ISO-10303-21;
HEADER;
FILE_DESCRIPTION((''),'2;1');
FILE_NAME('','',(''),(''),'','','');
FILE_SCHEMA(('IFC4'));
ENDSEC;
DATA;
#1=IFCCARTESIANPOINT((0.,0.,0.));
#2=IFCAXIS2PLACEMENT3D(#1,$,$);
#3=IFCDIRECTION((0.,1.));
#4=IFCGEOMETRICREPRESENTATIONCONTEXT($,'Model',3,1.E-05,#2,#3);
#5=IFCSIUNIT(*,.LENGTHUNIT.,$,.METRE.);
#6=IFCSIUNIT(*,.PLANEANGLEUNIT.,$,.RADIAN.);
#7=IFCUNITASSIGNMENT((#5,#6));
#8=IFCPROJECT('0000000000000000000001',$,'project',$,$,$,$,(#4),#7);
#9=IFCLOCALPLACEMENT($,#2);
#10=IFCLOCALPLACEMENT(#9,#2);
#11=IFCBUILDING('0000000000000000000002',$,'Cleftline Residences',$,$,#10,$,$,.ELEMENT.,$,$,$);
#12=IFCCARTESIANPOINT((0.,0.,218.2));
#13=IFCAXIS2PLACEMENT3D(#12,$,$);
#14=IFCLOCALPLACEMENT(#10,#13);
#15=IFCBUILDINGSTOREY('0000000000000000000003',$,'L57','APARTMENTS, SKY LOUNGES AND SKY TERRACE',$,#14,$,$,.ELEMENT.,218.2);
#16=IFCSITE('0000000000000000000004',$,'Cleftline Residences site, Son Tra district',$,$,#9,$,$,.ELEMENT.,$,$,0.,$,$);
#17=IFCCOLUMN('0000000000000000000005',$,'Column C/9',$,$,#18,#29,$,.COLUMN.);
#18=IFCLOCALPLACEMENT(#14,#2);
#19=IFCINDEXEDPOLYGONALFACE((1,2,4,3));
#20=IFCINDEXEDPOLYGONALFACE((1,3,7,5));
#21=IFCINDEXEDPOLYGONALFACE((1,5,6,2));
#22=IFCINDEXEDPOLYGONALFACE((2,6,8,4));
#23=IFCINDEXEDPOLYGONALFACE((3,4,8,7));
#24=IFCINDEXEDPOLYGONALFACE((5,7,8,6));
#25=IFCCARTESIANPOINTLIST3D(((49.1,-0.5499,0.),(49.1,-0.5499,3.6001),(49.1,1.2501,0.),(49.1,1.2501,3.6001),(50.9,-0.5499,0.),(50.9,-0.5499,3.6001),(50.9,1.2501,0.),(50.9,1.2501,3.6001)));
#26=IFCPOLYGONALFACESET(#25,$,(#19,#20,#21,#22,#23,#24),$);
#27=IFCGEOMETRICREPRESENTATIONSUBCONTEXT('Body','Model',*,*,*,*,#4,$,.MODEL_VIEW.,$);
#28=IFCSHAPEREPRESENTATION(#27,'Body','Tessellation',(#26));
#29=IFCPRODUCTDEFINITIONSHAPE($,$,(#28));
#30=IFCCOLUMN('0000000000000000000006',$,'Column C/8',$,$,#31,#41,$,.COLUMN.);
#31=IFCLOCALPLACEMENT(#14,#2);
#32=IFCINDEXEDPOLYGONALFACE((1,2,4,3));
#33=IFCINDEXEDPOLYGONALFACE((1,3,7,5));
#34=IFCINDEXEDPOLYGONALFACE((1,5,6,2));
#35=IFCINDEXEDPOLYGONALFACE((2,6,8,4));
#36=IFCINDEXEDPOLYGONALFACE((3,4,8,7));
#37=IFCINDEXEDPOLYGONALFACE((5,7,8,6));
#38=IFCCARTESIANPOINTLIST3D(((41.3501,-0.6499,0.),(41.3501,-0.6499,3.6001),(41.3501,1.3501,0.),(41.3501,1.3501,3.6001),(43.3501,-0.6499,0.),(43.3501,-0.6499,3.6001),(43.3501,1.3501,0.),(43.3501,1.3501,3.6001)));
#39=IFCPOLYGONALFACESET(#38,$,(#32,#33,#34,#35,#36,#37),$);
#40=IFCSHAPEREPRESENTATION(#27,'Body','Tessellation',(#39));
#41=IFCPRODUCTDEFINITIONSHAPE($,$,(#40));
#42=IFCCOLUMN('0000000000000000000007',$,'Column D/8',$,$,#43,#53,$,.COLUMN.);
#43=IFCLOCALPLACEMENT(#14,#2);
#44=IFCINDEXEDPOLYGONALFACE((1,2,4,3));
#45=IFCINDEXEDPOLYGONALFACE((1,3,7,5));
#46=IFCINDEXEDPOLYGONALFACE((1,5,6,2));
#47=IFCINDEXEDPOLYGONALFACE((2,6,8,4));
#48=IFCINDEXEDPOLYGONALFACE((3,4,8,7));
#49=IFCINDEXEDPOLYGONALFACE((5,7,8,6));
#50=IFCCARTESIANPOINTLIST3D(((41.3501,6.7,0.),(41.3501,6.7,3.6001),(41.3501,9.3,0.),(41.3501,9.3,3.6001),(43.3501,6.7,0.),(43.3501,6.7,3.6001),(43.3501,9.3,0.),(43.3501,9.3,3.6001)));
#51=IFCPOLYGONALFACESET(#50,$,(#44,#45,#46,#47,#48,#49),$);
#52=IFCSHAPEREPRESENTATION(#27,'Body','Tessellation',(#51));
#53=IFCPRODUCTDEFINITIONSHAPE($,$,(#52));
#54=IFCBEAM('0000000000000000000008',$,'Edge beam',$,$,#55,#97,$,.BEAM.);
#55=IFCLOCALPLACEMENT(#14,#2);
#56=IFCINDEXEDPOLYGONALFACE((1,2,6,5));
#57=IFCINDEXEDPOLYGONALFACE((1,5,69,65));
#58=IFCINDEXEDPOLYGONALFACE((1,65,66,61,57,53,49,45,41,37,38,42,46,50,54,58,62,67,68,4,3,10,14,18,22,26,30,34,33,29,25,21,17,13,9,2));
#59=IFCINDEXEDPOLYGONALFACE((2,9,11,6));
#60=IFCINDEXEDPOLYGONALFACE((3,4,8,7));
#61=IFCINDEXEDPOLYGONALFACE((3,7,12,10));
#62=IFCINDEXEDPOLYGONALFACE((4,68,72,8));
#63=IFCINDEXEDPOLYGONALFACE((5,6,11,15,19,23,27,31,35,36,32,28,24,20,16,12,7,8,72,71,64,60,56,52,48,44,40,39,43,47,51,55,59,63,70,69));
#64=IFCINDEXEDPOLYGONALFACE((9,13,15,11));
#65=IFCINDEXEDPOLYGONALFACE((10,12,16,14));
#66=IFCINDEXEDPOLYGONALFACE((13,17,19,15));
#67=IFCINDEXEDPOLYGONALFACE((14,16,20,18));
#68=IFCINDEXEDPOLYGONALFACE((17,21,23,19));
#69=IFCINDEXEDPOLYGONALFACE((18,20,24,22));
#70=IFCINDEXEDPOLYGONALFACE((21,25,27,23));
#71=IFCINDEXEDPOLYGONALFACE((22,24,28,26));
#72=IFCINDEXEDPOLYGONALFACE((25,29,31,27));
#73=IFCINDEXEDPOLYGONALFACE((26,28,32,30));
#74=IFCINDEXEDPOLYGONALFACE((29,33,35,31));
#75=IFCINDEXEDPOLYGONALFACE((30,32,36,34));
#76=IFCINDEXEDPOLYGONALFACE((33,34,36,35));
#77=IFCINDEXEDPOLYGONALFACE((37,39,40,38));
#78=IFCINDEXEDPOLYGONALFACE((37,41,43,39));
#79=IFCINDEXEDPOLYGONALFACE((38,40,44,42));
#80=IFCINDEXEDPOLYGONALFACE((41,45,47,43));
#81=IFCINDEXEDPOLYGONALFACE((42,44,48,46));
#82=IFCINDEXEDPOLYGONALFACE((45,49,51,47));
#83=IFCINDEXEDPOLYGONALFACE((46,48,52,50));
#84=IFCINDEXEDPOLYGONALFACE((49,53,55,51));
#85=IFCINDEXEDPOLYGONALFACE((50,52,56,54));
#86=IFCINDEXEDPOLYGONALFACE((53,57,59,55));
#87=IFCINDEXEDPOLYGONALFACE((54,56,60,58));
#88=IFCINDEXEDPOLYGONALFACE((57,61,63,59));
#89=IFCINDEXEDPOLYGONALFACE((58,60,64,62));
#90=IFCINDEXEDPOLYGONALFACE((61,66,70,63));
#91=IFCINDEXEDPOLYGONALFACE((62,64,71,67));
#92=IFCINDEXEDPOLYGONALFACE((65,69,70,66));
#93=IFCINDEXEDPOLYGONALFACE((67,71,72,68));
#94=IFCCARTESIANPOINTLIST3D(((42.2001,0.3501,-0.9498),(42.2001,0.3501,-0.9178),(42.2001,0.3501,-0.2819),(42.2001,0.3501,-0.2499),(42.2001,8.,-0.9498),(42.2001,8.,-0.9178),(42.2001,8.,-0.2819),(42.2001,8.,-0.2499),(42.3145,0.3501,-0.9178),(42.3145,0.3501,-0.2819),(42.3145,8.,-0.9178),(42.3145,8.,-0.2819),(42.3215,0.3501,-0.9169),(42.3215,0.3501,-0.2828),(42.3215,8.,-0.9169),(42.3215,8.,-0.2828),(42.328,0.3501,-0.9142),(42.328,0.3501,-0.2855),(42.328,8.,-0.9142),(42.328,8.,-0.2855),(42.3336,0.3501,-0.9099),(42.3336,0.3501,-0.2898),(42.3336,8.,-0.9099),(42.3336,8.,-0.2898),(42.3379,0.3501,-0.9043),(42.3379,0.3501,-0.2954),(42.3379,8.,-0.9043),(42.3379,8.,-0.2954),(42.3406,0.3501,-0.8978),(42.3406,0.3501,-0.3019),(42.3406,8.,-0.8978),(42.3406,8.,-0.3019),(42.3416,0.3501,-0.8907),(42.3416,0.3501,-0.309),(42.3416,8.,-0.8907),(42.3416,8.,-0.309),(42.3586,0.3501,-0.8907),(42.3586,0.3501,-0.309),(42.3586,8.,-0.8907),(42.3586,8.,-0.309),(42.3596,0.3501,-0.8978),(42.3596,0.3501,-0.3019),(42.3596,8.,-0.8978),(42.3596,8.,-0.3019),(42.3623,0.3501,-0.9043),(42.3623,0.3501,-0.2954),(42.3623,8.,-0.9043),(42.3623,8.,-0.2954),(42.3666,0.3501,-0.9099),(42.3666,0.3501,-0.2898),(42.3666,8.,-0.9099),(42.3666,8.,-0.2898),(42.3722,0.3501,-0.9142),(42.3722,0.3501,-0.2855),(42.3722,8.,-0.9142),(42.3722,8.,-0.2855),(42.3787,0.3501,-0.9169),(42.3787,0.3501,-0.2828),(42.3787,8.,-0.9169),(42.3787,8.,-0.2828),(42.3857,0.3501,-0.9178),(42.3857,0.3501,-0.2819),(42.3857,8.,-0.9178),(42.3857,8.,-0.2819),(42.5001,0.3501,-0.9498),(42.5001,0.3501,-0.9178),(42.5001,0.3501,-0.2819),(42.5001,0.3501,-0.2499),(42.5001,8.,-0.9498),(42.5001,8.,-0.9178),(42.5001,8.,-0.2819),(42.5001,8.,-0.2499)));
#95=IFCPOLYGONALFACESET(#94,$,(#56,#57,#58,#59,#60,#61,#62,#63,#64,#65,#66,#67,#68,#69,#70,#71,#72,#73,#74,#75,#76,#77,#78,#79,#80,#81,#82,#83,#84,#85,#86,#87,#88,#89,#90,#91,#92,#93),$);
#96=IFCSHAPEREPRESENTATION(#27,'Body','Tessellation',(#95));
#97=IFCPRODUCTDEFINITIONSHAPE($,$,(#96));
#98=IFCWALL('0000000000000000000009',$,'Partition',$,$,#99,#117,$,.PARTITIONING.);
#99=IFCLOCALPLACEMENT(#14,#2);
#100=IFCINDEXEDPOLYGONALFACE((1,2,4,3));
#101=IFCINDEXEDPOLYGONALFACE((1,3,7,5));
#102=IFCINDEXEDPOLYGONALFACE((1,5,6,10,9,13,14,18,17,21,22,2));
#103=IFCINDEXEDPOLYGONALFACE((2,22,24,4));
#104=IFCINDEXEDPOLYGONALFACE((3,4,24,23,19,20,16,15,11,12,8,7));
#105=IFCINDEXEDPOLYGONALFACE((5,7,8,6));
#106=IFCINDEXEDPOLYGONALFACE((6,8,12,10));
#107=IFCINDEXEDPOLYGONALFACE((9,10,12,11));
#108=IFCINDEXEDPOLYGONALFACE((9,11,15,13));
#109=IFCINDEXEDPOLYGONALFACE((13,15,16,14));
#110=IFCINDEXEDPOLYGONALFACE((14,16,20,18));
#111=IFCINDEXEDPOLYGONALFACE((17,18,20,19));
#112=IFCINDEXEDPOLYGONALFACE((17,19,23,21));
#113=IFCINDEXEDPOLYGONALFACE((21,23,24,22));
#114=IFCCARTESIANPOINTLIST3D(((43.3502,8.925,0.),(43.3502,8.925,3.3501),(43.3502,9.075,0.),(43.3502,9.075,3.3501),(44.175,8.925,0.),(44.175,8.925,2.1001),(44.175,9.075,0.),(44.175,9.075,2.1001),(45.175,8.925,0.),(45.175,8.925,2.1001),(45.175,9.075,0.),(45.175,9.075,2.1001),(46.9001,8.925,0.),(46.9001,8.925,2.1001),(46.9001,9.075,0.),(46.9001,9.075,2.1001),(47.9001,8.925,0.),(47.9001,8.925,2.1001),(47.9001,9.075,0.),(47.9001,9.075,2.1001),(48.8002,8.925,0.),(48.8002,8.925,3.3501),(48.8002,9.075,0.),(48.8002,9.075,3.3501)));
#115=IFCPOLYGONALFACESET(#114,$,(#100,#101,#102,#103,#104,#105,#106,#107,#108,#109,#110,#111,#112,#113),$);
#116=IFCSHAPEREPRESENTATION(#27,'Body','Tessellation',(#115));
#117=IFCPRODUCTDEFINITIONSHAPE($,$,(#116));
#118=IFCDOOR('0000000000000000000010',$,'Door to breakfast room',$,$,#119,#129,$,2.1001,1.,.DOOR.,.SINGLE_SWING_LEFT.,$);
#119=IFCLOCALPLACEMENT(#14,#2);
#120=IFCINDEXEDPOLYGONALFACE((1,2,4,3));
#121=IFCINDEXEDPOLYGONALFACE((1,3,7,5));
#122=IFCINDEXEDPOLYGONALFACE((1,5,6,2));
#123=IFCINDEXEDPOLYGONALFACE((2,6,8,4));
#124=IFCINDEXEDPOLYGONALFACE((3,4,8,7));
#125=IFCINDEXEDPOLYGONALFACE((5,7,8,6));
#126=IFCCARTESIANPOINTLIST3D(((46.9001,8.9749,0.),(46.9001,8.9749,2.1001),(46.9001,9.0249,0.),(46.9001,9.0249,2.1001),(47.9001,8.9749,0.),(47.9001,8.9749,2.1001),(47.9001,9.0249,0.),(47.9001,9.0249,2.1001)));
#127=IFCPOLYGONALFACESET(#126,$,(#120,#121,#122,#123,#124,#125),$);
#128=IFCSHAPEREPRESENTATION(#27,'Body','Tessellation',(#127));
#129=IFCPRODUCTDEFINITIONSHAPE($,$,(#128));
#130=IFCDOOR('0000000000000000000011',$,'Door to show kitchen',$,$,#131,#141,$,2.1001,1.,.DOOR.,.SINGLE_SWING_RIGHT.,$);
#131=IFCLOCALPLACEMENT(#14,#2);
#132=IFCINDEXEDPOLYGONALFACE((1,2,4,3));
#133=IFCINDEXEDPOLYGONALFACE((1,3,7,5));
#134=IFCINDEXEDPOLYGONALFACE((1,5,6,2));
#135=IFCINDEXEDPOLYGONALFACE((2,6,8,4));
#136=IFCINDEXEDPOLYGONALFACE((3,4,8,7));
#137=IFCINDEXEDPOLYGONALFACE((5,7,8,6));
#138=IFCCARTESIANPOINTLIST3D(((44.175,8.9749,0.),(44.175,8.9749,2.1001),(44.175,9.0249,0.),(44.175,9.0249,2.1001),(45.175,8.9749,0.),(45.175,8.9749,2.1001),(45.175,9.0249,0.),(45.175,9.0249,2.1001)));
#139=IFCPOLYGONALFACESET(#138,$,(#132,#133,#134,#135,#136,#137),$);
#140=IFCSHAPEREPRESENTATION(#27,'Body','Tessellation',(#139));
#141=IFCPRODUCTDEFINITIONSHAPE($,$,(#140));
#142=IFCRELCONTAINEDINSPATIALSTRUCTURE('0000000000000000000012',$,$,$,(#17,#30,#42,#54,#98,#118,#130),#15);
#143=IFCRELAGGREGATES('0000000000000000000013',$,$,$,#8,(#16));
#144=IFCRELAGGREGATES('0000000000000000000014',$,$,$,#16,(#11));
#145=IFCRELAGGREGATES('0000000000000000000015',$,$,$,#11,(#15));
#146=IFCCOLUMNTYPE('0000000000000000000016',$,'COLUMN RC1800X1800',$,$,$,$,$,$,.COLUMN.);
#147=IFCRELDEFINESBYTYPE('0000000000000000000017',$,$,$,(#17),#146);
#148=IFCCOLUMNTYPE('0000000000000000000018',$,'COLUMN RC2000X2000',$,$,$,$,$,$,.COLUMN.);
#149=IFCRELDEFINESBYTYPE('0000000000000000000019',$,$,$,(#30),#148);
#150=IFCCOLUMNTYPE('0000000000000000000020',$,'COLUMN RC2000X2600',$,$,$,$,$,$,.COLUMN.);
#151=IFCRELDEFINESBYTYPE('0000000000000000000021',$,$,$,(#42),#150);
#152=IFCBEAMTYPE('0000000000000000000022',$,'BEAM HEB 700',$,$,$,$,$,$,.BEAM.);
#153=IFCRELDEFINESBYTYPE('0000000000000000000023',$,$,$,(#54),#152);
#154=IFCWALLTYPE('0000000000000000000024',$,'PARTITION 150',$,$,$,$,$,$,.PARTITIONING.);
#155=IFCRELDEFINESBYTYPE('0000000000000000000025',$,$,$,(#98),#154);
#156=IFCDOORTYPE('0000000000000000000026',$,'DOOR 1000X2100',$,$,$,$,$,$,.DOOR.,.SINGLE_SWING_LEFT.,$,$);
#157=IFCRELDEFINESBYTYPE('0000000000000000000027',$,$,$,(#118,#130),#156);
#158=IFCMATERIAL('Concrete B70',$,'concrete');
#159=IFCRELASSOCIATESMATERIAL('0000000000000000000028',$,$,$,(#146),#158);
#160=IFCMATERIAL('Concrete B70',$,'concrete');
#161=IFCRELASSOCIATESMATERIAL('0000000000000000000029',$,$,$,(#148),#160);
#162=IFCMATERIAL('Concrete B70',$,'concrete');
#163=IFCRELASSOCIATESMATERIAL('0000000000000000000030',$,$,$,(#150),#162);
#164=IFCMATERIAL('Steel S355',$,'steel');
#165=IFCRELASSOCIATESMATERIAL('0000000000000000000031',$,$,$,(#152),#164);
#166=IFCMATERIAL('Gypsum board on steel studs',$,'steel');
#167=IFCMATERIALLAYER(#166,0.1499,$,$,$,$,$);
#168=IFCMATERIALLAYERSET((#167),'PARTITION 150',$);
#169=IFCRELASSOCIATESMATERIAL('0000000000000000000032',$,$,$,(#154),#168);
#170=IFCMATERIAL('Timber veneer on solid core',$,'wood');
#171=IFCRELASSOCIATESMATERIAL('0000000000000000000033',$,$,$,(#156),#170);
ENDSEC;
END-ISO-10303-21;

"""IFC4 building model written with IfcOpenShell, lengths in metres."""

from ifc_helpers import new_model, si_unit, direction, frame, frame_2d, origin, origin_2d, place, context, subcontext, project, spatial, rectangle, i_section, extrude, material, layer, layer_set, material_profile, profile_set, type_object, element, fill, save


model = new_model("IFC4")

# Units and contexts
model_context = context("Model", 3, precision=1e-05, world=origin(), true_north=direction((0.0, 1.0)))
body_context = subcontext(model_context, "Body", "Model", "MODEL_VIEW")
ifc_project = project(units=[si_unit("LENGTHUNIT", "METRE"), si_unit("PLANEANGLEUNIT", "RADIAN")], contexts=[model_context])

# Site, building, storey
site_placement = place(None, origin())
site = spatial("IfcSite", under=ifc_project, at=site_placement, Name="Cleftline Residences site, Son Tra district", CompositionType="ELEMENT", RefElevation=0.0)
building_placement = place(site_placement, origin())
building = spatial("IfcBuilding", under=site, at=building_placement, Name="Cleftline Residences", CompositionType="ELEMENT")
storey_placement = place(building_placement, frame((0.0, 0.0, 218.2)))
storey = spatial("IfcBuildingStorey", under=building, at=storey_placement, Name="L57", Description="APARTMENTS, SKY LOUNGES AND SKY TERRACE", CompositionType="ELEMENT", Elevation=218.2)

# Columns
ifc_material_1 = material(Name="Concrete B70", Category="concrete")
ifc_material_profile_1 = material_profile(ifc_material_1, rectangle(XDim=1.8, YDim=1.8, at=origin_2d()))
ifc_profile_set_1 = profile_set([ifc_material_profile_1], Name="Concrete B70")
column_type_1 = type_object("IfcColumnType", Name="COLUMN RC1800X1800", PredefinedType="COLUMN", material=ifc_profile_set_1)
column_1_placement = place(storey_placement, frame((50.0, 0.3501, 0.0), z_axis=(0.0, 0.0, 1.0), x_axis=(1.0, 0.0, 0.0)))
element("IfcColumn", 1, at=column_1_placement, inside=storey, type_object=column_type_1, Name="Column C/9", PredefinedType="COLUMN", context=body_context, shape_type="SweptSolid", body=[
    extrude(rectangle(XDim=1.8, YDim=1.8, at=origin_2d()), origin(), (0.0, 0.0, 1.0), 3.6001),
])
ifc_material_2 = material(Name="Concrete B70", Category="concrete")
ifc_material_profile_2 = material_profile(ifc_material_2, rectangle(XDim=2.0, YDim=2.0, at=origin_2d()))
ifc_profile_set_2 = profile_set([ifc_material_profile_2], Name="Concrete B70")
column_type_2 = type_object("IfcColumnType", Name="COLUMN RC2000X2000", PredefinedType="COLUMN", material=ifc_profile_set_2)
column_2_placement = place(storey_placement, frame((42.3501, 0.3501, 0.0), z_axis=(0.0, 0.0, 1.0), x_axis=(1.0, 0.0, 0.0)))
element("IfcColumn", 2, at=column_2_placement, inside=storey, type_object=column_type_2, Name="Column C/8", PredefinedType="COLUMN", context=body_context, shape_type="SweptSolid", body=[
    extrude(rectangle(XDim=2.0, YDim=2.0, at=origin_2d()), origin(), (0.0, 0.0, 1.0), 3.6001),
])
ifc_material_3 = material(Name="Concrete B70", Category="concrete")
ifc_material_profile_3 = material_profile(ifc_material_3, rectangle(XDim=2.0, YDim=2.6001, at=origin_2d()))
ifc_profile_set_3 = profile_set([ifc_material_profile_3], Name="Concrete B70")
column_type_3 = type_object("IfcColumnType", Name="COLUMN RC2000X2600", PredefinedType="COLUMN", material=ifc_profile_set_3)
column_3_placement = place(storey_placement, frame((42.3501, 8.0, 0.0), z_axis=(0.0, 0.0, 1.0), x_axis=(1.0, 0.0, 0.0)))
element("IfcColumn", 3, at=column_3_placement, inside=storey, type_object=column_type_3, Name="Column D/8", PredefinedType="COLUMN", context=body_context, shape_type="SweptSolid", body=[
    extrude(rectangle(XDim=2.0, YDim=2.6001, at=origin_2d()), origin(), (0.0, 0.0, 1.0), 3.6001),
])

# Beam
ifc_material_4 = material(Name="Steel S355", Category="steel")
ifc_material_profile_4 = material_profile(ifc_material_4, i_section(OverallWidth=0.3, OverallDepth=0.7, WebThickness=0.0171, FlangeThickness=0.032, FilletRadius=0.0271, at=origin_2d()))
ifc_profile_set_4 = profile_set([ifc_material_profile_4], Name="Steel S355")
beam_type = type_object("IfcBeamType", Name="BEAM HEB 700", PredefinedType="BEAM", material=ifc_profile_set_4)
beam_placement = place(storey_placement, frame((42.3501, 0.3501, -0.5999), z_axis=(0.0, 1.0, 0.0), x_axis=(-1.0, 0.0, 0.0)))
element("IfcBeam", 4, at=beam_placement, inside=storey, type_object=beam_type, Name="Edge beam", PredefinedType="BEAM", context=body_context, shape_type="SweptSolid", body=[
    extrude(i_section(OverallWidth=0.3, OverallDepth=0.7, WebThickness=0.0171, FlangeThickness=0.032, FilletRadius=0.0271, at=origin_2d()), origin(), (0.0, 0.0, 1.0), 7.6499),
])

# Wall, openings, doors
ifc_material_5 = material(Name="Gypsum board on steel studs", Category="steel")
ifc_layer = layer(ifc_material_5, 0.1499)
ifc_layer_set = layer_set([ifc_layer], Name="PARTITION 150")
wall_type = type_object("IfcWallType", Name="PARTITION 150", PredefinedType="PARTITIONING", material=ifc_layer_set)
wall_1_placement = place(storey_placement, frame((43.3501, 9.0, 0.0), z_axis=(0.0, 0.0, 1.0), x_axis=(1.0, 0.0, 0.0)))
wall_1 = element("IfcWall", 5, at=wall_1_placement, inside=storey, type_object=wall_type, Name="Partition", PredefinedType="PARTITIONING", context=body_context, shape_type="SweptSolid", body=[
    extrude(rectangle(XDim=5.45, YDim=0.1499, at=frame_2d((2.7251, 0.0))), origin(), (0.0, 0.0, 1.0), 3.3501),
])
opening_1_placement = place(wall_1_placement, frame((3.55, 0.0, 0.0)))
opening_1 = element("IfcOpeningElement", 6, at=opening_1_placement, cuts=wall_1, PredefinedType="OPENING", context=body_context, shape_type="SweptSolid", body=[
    extrude(rectangle(XDim=1.0, YDim=2.1001, at=frame_2d((0.5, 1.05))), frame((0.0, 0.085, 0.0), z_axis=(0.0, -1.0, 0.0), x_axis=(1.0, 0.0, 0.0)), (0.0, 0.0, 1.0), 0.1699),
])
opening_2_placement = place(wall_1_placement, frame((0.825, 0.0, 0.0)))
opening_2 = element("IfcOpeningElement", 7, at=opening_2_placement, cuts=wall_1, PredefinedType="OPENING", context=body_context, shape_type="SweptSolid", body=[
    extrude(rectangle(XDim=1.0, YDim=2.1001, at=frame_2d((0.5, 1.05))), frame((0.0, 0.085, 0.0), z_axis=(0.0, -1.0, 0.0), x_axis=(1.0, 0.0, 0.0)), (0.0, 0.0, 1.0), 0.1699),
])
ifc_material_6 = material(Name="Timber veneer on solid core", Category="wood")
door_type_1 = type_object("IfcDoorType", Name="DOOR 1000X2100", OperationType="SINGLE_SWING_LEFT", PredefinedType="DOOR", material=ifc_material_6)
door_1_placement = place(opening_1_placement, origin())
door_1 = element("IfcDoor", 8, at=door_1_placement, inside=storey, type_object=door_type_1, Name="Door to breakfast room", OperationType="SINGLE_SWING_LEFT", OverallHeight=2.1001, OverallWidth=1.0, PredefinedType="DOOR", context=body_context, shape_type="SweptSolid", body=[
    extrude(rectangle(XDim=1.0, YDim=2.1001, at=frame_2d((0.5, 1.05))), frame((0.0, 0.0249, 0.0), z_axis=(0.0, -1.0, 0.0), x_axis=(1.0, 0.0, 0.0)), (0.0, 0.0, 1.0), 0.05),
])
fill(opening_1, door_1)
door_2_placement = place(opening_2_placement, origin())
door_2 = element("IfcDoor", 9, at=door_2_placement, inside=storey, type_object=door_type_1, Name="Door to show kitchen", OperationType="SINGLE_SWING_RIGHT", OverallHeight=2.1001, OverallWidth=1.0, PredefinedType="DOOR", context=body_context, shape_type="SweptSolid", body=[
    extrude(rectangle(XDim=1.0, YDim=2.1001, at=frame_2d((0.5, 1.05))), frame((0.0, 0.0249, 0.0), z_axis=(0.0, -1.0, 0.0), x_axis=(1.0, 0.0, 0.0)), (0.0, 0.0, 1.0), 0.05),
])
fill(opening_2, door_2)

save(model, "model.ifc")
